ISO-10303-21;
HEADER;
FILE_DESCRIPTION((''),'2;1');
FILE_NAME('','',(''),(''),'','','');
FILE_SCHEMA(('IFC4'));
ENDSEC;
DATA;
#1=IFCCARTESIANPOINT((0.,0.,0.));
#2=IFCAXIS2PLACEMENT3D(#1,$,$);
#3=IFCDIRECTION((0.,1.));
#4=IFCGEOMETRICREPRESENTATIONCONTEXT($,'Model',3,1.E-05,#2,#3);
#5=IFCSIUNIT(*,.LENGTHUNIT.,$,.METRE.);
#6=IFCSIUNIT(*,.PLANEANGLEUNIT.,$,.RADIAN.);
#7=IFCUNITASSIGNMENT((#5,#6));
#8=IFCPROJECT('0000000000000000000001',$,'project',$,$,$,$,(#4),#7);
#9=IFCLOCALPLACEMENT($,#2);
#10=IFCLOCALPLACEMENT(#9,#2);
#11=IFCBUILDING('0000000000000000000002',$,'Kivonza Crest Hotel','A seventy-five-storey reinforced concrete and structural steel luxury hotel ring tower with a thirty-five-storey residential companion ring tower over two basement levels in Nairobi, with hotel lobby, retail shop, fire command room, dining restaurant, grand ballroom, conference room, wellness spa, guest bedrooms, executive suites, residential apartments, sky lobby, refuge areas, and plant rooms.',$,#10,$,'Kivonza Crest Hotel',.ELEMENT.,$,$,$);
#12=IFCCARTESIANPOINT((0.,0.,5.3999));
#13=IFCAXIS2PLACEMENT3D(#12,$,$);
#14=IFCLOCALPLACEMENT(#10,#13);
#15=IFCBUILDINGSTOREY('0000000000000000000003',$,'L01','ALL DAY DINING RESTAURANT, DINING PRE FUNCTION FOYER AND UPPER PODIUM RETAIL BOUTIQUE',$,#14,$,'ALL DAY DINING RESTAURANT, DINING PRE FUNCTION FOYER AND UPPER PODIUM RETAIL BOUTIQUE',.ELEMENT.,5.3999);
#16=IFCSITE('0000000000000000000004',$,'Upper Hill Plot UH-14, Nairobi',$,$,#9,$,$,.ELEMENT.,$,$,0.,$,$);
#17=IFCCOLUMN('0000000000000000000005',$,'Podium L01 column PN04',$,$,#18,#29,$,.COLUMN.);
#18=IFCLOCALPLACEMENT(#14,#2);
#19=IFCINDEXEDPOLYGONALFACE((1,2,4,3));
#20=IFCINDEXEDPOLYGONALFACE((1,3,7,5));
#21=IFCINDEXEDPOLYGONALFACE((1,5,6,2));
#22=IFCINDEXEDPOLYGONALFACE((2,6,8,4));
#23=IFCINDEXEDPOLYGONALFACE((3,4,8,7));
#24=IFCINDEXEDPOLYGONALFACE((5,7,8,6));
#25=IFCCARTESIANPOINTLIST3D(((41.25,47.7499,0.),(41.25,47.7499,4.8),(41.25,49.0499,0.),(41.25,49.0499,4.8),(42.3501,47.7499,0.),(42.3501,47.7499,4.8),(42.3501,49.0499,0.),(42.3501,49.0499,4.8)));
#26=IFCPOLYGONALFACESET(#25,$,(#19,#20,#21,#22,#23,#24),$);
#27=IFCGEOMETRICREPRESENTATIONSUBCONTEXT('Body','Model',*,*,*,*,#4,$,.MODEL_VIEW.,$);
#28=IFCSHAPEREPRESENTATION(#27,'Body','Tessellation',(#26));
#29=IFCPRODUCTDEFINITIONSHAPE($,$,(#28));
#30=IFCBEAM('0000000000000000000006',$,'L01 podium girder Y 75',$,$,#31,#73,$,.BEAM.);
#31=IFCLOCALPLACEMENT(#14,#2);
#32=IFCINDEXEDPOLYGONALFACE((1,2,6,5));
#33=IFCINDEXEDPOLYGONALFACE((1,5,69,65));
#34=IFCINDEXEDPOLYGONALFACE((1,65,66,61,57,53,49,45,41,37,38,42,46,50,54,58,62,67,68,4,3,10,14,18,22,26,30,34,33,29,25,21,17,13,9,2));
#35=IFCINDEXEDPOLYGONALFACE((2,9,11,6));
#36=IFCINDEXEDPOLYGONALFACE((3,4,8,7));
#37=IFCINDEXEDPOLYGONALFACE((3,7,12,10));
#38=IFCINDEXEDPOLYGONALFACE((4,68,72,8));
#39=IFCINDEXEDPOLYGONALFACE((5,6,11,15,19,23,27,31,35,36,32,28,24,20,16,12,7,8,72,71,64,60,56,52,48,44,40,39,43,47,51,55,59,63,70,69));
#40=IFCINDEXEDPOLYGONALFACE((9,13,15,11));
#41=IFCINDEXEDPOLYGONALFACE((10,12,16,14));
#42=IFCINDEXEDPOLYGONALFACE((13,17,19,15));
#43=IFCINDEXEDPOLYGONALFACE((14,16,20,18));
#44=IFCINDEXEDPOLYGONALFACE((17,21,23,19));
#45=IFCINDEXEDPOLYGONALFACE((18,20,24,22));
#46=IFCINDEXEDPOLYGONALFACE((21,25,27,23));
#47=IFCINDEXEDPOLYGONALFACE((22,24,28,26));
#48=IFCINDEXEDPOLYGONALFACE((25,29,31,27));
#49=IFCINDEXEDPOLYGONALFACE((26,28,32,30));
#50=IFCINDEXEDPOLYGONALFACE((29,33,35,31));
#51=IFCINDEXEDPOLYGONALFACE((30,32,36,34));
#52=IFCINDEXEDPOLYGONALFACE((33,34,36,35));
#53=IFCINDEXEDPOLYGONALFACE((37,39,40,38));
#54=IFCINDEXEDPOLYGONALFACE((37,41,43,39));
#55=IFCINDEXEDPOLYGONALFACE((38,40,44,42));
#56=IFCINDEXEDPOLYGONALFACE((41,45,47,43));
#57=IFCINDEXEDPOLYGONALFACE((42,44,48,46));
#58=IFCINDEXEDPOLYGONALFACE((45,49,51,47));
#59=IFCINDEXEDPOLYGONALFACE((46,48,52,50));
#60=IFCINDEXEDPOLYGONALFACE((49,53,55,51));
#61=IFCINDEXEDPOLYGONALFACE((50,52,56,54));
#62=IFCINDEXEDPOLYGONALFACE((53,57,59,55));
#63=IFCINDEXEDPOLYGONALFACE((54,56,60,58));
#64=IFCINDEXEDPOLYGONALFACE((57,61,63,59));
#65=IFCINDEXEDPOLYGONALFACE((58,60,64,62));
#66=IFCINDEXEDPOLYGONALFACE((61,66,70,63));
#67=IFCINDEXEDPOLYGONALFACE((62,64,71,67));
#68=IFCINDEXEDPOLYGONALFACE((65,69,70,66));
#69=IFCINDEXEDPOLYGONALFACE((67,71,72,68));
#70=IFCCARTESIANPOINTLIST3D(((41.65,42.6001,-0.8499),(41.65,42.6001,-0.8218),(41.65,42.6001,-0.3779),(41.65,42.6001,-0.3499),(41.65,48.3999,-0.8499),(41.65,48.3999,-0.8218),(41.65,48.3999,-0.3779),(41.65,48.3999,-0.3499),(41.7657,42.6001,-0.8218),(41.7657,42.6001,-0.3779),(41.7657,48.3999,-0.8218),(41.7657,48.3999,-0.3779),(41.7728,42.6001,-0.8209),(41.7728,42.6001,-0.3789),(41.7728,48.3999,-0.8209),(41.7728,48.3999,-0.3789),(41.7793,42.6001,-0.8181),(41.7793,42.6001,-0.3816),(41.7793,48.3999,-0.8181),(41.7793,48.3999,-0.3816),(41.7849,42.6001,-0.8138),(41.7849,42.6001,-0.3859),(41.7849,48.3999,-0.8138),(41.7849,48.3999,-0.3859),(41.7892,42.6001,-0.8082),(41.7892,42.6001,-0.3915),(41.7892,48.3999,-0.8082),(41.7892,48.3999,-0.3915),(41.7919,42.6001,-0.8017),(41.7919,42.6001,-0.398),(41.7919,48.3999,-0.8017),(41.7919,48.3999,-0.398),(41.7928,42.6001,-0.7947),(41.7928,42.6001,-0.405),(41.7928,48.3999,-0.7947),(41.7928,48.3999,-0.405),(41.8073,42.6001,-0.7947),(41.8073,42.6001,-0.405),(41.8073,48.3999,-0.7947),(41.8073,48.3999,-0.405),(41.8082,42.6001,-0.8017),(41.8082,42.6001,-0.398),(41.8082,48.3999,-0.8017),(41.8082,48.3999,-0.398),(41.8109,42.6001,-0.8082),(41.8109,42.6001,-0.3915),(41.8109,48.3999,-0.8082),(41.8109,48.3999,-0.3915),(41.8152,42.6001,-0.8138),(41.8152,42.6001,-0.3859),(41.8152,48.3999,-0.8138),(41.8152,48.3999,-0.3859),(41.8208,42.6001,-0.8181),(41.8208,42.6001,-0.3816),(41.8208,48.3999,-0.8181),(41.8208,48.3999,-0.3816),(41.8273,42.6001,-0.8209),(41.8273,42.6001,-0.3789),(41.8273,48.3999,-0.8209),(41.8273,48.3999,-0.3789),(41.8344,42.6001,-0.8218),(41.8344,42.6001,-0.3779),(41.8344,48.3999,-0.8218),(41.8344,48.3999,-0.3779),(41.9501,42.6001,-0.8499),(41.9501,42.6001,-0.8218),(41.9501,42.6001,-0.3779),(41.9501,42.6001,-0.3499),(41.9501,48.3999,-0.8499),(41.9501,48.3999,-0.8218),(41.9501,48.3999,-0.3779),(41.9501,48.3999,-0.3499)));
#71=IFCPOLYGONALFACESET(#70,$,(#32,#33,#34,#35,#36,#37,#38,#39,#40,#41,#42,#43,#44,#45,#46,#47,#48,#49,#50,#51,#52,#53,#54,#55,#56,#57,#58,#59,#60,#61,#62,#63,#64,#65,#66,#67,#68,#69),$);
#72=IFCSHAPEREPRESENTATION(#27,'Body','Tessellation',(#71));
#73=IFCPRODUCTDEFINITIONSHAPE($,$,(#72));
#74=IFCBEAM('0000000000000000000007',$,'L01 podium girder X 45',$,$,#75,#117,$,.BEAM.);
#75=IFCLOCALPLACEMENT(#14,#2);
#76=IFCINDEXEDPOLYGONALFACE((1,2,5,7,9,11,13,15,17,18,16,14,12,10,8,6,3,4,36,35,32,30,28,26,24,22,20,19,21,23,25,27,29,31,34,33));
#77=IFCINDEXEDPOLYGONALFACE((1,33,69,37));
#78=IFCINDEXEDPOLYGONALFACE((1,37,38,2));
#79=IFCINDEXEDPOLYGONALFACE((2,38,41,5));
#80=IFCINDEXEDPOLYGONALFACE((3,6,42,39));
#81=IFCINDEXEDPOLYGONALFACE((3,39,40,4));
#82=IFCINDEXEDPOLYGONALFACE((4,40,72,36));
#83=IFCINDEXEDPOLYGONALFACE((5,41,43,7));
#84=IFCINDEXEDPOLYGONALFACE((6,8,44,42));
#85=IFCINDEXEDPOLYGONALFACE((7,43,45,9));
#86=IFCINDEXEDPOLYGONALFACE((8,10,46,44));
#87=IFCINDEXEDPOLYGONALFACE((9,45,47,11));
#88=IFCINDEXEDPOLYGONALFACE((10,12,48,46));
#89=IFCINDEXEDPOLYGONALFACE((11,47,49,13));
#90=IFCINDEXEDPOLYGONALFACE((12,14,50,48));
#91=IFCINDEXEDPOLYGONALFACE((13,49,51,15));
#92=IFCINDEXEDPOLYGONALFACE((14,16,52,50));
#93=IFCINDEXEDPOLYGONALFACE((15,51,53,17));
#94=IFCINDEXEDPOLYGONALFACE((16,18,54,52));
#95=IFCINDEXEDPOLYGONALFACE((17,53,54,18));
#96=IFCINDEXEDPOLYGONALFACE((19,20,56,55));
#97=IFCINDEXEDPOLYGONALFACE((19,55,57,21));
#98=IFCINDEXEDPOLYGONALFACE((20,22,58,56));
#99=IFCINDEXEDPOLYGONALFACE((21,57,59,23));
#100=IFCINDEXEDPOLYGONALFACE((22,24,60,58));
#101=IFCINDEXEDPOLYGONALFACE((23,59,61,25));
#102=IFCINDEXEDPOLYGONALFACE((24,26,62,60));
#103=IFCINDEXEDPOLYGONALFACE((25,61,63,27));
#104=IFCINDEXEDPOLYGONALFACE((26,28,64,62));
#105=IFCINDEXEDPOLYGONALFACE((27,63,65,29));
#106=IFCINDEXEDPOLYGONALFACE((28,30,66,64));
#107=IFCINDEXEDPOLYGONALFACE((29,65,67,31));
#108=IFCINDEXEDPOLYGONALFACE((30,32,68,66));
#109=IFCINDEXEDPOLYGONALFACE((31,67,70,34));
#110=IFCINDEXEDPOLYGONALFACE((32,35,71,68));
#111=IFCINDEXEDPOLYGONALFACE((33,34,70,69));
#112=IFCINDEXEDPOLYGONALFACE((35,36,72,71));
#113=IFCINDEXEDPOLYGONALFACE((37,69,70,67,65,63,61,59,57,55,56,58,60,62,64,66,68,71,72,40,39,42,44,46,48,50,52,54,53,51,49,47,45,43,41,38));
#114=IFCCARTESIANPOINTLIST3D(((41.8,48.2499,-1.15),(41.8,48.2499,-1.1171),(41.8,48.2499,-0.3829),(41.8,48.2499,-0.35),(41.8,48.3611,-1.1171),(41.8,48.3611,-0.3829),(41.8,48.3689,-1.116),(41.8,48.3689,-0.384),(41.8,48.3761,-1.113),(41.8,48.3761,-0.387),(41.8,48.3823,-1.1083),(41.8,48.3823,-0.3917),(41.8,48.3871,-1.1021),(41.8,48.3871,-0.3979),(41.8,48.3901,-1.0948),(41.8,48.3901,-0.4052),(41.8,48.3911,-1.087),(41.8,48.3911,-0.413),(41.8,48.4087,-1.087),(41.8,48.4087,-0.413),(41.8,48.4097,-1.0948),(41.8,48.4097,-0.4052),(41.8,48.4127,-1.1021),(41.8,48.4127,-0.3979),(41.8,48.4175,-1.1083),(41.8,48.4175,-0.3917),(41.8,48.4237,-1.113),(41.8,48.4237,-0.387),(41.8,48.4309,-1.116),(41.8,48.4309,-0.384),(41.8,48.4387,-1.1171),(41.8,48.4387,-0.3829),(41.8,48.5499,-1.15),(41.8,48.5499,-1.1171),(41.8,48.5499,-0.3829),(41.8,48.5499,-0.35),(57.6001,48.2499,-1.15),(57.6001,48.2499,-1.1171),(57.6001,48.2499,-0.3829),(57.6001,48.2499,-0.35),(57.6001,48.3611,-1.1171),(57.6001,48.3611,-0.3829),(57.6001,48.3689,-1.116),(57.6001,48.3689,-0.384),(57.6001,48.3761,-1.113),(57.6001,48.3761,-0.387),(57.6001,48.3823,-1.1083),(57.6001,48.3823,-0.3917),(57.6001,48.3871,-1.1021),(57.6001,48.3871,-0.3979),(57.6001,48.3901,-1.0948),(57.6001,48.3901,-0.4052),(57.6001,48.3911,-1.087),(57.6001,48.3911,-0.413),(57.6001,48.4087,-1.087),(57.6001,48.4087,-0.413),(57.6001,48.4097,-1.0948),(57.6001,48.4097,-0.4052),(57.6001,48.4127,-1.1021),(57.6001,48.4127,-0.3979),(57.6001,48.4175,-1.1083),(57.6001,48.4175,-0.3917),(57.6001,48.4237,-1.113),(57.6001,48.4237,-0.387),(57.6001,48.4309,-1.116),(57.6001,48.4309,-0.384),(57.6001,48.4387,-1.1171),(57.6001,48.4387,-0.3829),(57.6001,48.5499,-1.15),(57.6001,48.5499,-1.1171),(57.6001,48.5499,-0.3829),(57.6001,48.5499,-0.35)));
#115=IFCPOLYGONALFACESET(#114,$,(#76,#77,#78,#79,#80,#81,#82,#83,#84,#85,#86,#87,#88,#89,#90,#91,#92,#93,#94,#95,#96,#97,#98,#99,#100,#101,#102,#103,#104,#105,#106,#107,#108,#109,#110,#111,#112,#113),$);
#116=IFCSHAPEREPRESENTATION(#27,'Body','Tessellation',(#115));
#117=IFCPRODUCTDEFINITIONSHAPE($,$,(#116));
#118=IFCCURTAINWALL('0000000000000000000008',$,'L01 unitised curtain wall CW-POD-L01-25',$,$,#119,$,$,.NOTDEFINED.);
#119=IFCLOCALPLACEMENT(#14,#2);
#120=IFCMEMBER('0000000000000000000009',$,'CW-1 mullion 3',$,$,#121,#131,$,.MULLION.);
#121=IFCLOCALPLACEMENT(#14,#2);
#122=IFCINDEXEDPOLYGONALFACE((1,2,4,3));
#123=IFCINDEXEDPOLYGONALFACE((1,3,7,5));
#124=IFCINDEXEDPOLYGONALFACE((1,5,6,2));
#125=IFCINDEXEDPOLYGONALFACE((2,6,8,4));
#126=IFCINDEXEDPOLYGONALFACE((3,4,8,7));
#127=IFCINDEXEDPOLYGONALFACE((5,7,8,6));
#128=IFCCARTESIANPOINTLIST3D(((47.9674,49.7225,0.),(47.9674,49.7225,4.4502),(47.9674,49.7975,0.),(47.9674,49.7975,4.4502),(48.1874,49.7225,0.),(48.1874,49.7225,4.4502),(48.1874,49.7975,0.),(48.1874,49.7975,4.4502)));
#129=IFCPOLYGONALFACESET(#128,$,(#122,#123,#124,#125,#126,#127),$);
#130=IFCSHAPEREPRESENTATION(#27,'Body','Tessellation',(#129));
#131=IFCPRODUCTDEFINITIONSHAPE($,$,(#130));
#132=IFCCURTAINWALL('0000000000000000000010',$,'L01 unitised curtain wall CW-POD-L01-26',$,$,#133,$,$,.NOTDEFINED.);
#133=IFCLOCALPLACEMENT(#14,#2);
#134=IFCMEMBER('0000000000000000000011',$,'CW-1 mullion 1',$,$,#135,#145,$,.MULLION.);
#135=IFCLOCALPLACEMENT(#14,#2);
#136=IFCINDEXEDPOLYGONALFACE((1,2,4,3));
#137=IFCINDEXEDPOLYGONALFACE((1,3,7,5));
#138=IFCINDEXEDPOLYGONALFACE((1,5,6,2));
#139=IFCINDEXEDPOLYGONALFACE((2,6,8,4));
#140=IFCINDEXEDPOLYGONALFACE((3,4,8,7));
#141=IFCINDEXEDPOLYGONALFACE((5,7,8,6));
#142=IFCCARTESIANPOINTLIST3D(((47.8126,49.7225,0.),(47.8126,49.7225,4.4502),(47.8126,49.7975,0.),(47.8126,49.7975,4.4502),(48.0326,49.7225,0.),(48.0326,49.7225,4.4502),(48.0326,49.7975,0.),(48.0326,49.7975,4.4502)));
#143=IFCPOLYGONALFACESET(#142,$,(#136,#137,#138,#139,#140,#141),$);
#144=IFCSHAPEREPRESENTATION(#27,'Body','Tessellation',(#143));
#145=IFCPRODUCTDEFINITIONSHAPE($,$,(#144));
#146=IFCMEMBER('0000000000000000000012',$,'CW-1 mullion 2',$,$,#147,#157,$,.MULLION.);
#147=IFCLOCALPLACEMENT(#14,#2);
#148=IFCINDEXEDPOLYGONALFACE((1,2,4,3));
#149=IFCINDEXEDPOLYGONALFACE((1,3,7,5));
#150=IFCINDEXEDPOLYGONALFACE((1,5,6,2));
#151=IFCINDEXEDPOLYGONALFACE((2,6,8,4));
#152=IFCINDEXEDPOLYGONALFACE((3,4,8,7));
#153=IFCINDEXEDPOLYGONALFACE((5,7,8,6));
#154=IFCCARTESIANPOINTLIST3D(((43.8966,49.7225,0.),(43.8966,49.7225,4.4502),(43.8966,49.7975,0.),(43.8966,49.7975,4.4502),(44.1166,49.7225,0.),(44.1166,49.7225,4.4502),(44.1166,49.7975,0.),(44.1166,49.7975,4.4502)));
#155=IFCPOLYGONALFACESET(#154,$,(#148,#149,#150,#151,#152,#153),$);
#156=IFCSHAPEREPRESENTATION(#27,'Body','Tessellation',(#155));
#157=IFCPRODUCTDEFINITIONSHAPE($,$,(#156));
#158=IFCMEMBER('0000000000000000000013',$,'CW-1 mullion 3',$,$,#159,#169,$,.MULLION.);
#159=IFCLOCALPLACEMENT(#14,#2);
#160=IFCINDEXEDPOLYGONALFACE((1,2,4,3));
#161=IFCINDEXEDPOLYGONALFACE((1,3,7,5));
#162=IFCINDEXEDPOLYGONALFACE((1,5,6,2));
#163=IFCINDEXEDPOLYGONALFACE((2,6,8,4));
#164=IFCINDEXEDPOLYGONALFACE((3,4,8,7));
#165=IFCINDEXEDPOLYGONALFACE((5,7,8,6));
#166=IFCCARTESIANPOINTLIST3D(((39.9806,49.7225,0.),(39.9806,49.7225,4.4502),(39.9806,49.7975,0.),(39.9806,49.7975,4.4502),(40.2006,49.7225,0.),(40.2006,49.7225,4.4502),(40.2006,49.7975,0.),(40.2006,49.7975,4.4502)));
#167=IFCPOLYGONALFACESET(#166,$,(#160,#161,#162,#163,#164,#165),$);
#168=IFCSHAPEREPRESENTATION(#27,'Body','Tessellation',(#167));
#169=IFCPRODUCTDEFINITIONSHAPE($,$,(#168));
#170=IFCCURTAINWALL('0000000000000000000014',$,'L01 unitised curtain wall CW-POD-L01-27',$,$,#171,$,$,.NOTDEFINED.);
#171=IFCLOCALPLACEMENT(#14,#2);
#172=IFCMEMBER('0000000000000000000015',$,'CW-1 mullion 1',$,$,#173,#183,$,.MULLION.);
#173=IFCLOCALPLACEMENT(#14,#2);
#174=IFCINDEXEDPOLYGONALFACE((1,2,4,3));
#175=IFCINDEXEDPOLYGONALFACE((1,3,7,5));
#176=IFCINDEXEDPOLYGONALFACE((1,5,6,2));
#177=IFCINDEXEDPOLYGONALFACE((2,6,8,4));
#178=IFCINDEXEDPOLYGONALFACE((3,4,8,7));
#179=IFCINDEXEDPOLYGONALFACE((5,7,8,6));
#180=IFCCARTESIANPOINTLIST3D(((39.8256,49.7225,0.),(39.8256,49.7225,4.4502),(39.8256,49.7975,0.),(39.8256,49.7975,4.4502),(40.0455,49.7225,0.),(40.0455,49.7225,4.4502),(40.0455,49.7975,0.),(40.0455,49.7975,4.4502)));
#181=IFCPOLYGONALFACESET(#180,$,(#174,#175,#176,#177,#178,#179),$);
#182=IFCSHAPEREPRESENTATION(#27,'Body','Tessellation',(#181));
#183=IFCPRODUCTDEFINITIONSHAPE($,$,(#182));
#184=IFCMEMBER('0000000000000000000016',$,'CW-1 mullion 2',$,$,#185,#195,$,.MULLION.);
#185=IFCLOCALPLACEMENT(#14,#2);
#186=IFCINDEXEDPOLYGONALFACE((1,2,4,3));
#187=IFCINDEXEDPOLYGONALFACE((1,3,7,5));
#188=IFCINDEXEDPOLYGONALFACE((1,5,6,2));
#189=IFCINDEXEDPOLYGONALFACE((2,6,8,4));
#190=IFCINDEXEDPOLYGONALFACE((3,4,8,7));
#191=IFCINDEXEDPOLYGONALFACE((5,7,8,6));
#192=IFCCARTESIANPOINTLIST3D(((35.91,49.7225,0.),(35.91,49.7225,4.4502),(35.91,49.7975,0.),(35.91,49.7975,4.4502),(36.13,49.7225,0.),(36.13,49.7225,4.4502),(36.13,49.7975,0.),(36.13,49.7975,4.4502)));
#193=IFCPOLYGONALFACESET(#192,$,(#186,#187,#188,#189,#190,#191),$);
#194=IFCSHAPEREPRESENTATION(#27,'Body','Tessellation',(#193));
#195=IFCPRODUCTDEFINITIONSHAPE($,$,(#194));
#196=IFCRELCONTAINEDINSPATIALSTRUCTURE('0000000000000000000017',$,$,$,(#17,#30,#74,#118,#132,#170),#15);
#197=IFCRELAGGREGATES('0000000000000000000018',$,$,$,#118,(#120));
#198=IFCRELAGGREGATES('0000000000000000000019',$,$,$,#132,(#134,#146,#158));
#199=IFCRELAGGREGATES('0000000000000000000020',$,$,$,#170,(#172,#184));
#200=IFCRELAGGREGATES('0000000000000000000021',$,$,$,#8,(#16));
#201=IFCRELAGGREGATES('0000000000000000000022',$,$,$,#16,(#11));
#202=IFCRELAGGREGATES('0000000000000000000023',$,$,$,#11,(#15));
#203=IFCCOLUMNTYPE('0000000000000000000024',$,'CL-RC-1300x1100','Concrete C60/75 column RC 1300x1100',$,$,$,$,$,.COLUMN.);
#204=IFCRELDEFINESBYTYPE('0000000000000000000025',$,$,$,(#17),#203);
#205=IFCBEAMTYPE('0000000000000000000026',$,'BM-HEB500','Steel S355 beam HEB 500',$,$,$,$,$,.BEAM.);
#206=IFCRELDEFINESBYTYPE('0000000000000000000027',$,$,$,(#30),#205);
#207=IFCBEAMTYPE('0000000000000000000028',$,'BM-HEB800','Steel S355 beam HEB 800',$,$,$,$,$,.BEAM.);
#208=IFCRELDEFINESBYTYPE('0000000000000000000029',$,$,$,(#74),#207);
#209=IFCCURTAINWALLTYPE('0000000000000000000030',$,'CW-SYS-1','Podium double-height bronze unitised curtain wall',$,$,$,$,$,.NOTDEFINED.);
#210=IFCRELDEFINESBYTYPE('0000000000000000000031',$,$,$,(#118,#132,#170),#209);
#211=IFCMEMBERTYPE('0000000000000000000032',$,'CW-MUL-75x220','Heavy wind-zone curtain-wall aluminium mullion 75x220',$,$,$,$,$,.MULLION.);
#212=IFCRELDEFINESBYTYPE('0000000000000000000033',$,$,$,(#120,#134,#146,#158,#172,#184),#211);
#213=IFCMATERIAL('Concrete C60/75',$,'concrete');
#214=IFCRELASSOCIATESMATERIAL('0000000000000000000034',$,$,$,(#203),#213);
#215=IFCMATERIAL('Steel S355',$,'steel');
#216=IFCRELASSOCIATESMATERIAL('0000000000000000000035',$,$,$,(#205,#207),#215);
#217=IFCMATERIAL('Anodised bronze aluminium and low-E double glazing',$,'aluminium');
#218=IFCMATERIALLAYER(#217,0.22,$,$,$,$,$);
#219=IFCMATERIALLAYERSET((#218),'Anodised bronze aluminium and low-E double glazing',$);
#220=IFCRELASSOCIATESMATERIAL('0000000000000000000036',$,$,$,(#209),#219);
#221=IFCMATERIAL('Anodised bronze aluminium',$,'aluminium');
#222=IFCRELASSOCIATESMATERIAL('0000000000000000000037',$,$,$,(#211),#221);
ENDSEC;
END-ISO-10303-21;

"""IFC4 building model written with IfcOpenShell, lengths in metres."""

from ifc_helpers import new_model, si_unit, direction, frame, origin, origin_2d, place, context, subcontext, project, spatial, rectangle, i_section, extrude, material, layer, layer_set, material_profile, profile_set, type_object, element, aggregate, save


model = new_model("IFC4")

# Units and contexts
model_context = context("Model", 3, precision=1e-05, world=origin(), true_north=direction((0.0, 1.0)))
body_context = subcontext(model_context, "Body", "Model", "MODEL_VIEW")
ifc_project = project(units=[si_unit("LENGTHUNIT", "METRE"), si_unit("PLANEANGLEUNIT", "RADIAN")], contexts=[model_context])

# Site, building, storey
site_placement = place(None, origin())
site = spatial("IfcSite", under=ifc_project, at=site_placement, Name="Upper Hill Plot UH-14, Nairobi", CompositionType="ELEMENT", RefElevation=0.0)
building_placement = place(site_placement, origin())
building = spatial("IfcBuilding", under=site, at=building_placement, Name="Kivonza Crest Hotel", Description="A seventy-five-storey reinforced concrete and structural steel luxury hotel ring tower with a thirty-five-storey residential companion ring tower over two basement levels in Nairobi, with hotel lobby, retail shop, fire command room, dining restaurant, grand ballroom, conference room, wellness spa, guest bedrooms, executive suites, residential apartments, sky lobby, refuge areas, and plant rooms.", LongName="Kivonza Crest Hotel", CompositionType="ELEMENT")
storey_placement = place(building_placement, frame((0.0, 0.0, 5.3999)))
storey = spatial("IfcBuildingStorey", under=building, at=storey_placement, Name="L01", Description="ALL DAY DINING RESTAURANT, DINING PRE FUNCTION FOYER AND UPPER PODIUM RETAIL BOUTIQUE", LongName="ALL DAY DINING RESTAURANT, DINING PRE FUNCTION FOYER AND UPPER PODIUM RETAIL BOUTIQUE", CompositionType="ELEMENT", Elevation=5.3999)

# Column
ifc_material_1 = material(Name="Concrete C60/75", Category="concrete")
ifc_material_profile_1 = material_profile(ifc_material_1, rectangle(XDim=1.1001, YDim=1.3, at=origin_2d()), Name="RC 1300x1100")
ifc_profile_set_1 = profile_set([ifc_material_profile_1], Name="Concrete C60/75")
column_type = type_object("IfcColumnType", Name="CL-RC-1300x1100", Description="Concrete C60/75 column RC 1300x1100", PredefinedType="COLUMN", material=ifc_profile_set_1)
column_placement = place(storey_placement, frame((41.8, 48.3999, 0.0), z_axis=(0.0, 0.0, 1.0), x_axis=(1.0, 0.0, 0.0)))
element("IfcColumn", 1, at=column_placement, inside=storey, type_object=column_type, Name="Podium L01 column PN04", PredefinedType="COLUMN", context=body_context, shape_type="SweptSolid", body=[
    extrude(rectangle(XDim=1.1001, YDim=1.3, at=origin_2d()), origin(), (0.0, 0.0, 1.0), 4.8),
])

# Beams
ifc_material_2 = material(Name="Steel S355", Category="steel")
ifc_material_profile_2 = material_profile(ifc_material_2, i_section(OverallWidth=0.3, OverallDepth=0.5, WebThickness=0.0144, FlangeThickness=0.0281, FilletRadius=0.0271, at=origin_2d()), Name="HEB 500")
ifc_profile_set_2 = profile_set([ifc_material_profile_2], Name="Steel S355")
beam_type_1 = type_object("IfcBeamType", Name="BM-HEB500", Description="Steel S355 beam HEB 500", PredefinedType="BEAM", material=ifc_profile_set_2)
beam_1_placement = place(storey_placement, frame((41.8, 42.6001, -0.5999), z_axis=(0.0, 1.0, 0.0), x_axis=(-1.0, 0.0, 0.0)))
element("IfcBeam", 2, at=beam_1_placement, inside=storey, type_object=beam_type_1, Name="L01 podium girder Y 75", PredefinedType="BEAM", context=body_context, shape_type="SweptSolid", body=[
    extrude(i_section(OverallWidth=0.3, OverallDepth=0.5, WebThickness=0.0144, FlangeThickness=0.0281, FilletRadius=0.0271, at=origin_2d()), origin(), (0.0, 0.0, 1.0), 5.7998),
])
ifc_material_profile_3 = material_profile(ifc_material_2, i_section(OverallWidth=0.3, OverallDepth=0.8, WebThickness=0.0176, FlangeThickness=0.033, FilletRadius=0.03, at=origin_2d()), Name="HEB 800")
ifc_profile_set_3 = profile_set([ifc_material_profile_3], Name="Steel S355")
beam_type_2 = type_object("IfcBeamType", Name="BM-HEB800", Description="Steel S355 beam HEB 800", PredefinedType="BEAM", material=ifc_profile_set_3)
beam_2_placement = place(storey_placement, frame((41.8, 48.3999, -0.75), z_axis=(1.0, 0.0, 0.0), x_axis=(0.0, 1.0, 0.0)))
element("IfcBeam", 3, at=beam_2_placement, inside=storey, type_object=beam_type_2, Name="L01 podium girder X 45", PredefinedType="BEAM", context=body_context, shape_type="SweptSolid", body=[
    extrude(i_section(OverallWidth=0.3, OverallDepth=0.8, WebThickness=0.0176, FlangeThickness=0.033, FilletRadius=0.03, at=origin_2d()), origin(), (0.0, 0.0, 1.0), 15.8),
])

# Curtain wall, member
ifc_material_3 = material(Name="Anodised bronze aluminium and low-E double glazing", Category="aluminium")
ifc_layer_1 = layer(ifc_material_3, 0.22)
ifc_layer_set_1 = layer_set([ifc_layer_1], Name="Anodised bronze aluminium and low-E double glazing")
curtain_wall_type = type_object("IfcCurtainWallType", Name="CW-SYS-1", Description="Podium double-height bronze unitised curtain wall", PredefinedType="NOTDEFINED", material=ifc_layer_set_1)
curtain_wall_1_placement = place(storey_placement, origin())
curtain_wall_1 = element("IfcCurtainWall", 4, at=curtain_wall_1_placement, inside=storey, type_object=curtain_wall_type, Name="L01 unitised curtain wall CW-POD-L01-25", PredefinedType="NOTDEFINED")
ifc_material_4 = material(Name="Anodised bronze aluminium", Category="aluminium")
ifc_material_profile_4 = material_profile(ifc_material_4, rectangle(XDim=0.075, YDim=0.22, at=origin_2d()), Name="CW-M 75x220")
ifc_profile_set_4 = profile_set([ifc_material_profile_4], Name="Anodised bronze aluminium")
member_type_1 = type_object("IfcMemberType", Name="CW-MUL-75x220", Description="Heavy wind-zone curtain-wall aluminium mullion 75x220", PredefinedType="MULLION", material=ifc_profile_set_4)
member_1_placement = place(storey_placement, frame((48.0774, 49.76, 0.0), z_axis=(0.0, 0.0, 1.0), x_axis=(0.0, -1.0, 0.0)))
member_1 = element("IfcMember", 5, at=member_1_placement, type_object=member_type_1, Name="CW-1 mullion 3", PredefinedType="MULLION", context=body_context, shape_type="SweptSolid", body=[
    extrude(rectangle(XDim=0.075, YDim=0.22, at=origin_2d()), origin(), (0.0, 0.0, 1.0), 4.4502),
])
aggregate(curtain_wall_1, [member_1])

# Curtain walls, members
curtain_wall_2_placement = place(storey_placement, origin())
curtain_wall_2 = element("IfcCurtainWall", 6, at=curtain_wall_2_placement, inside=storey, type_object=curtain_wall_type, Name="L01 unitised curtain wall CW-POD-L01-26", PredefinedType="NOTDEFINED")
member_2_placement = place(storey_placement, frame((47.9226, 49.76, 0.0), z_axis=(0.0, 0.0, 1.0), x_axis=(0.0, -1.0, 0.0)))
member_2 = element("IfcMember", 7, at=member_2_placement, type_object=member_type_1, Name="CW-1 mullion 1", PredefinedType="MULLION", context=body_context, shape_type="SweptSolid", body=[
    extrude(rectangle(XDim=0.075, YDim=0.22, at=origin_2d()), origin(), (0.0, 0.0, 1.0), 4.4502),
])
member_3_placement = place(storey_placement, frame((44.0066, 49.76, 0.0), z_axis=(0.0, 0.0, 1.0), x_axis=(0.0, -1.0, 0.0)))
member_3 = element("IfcMember", 8, at=member_3_placement, type_object=member_type_1, Name="CW-1 mullion 2", PredefinedType="MULLION", context=body_context, shape_type="SweptSolid", body=[
    extrude(rectangle(XDim=0.075, YDim=0.22, at=origin_2d()), origin(), (0.0, 0.0, 1.0), 4.4502),
])
member_4_placement = place(storey_placement, frame((40.0906, 49.76, 0.0), z_axis=(0.0, 0.0, 1.0), x_axis=(0.0, -1.0, 0.0)))
member_4 = element("IfcMember", 9, at=member_4_placement, type_object=member_type_1, Name="CW-1 mullion 3", PredefinedType="MULLION", context=body_context, shape_type="SweptSolid", body=[
    extrude(rectangle(XDim=0.075, YDim=0.22, at=origin_2d()), origin(), (0.0, 0.0, 1.0), 4.4502),
])
curtain_wall_3_placement = place(storey_placement, origin())
curtain_wall_3 = element("IfcCurtainWall", 10, at=curtain_wall_3_placement, inside=storey, type_object=curtain_wall_type, Name="L01 unitised curtain wall CW-POD-L01-27", PredefinedType="NOTDEFINED")
member_5_placement = place(storey_placement, frame((39.9355, 49.76, 0.0), z_axis=(0.0, 0.0, 1.0), x_axis=(0.0, -1.0, 0.0)))
member_5 = element("IfcMember", 11, at=member_5_placement, type_object=member_type_1, Name="CW-1 mullion 1", PredefinedType="MULLION", context=body_context, shape_type="SweptSolid", body=[
    extrude(rectangle(XDim=0.075, YDim=0.22, at=origin_2d()), origin(), (0.0, 0.0, 1.0), 4.4502),
])
member_6_placement = place(storey_placement, frame((36.02, 49.76, 0.0), z_axis=(0.0, 0.0, 1.0), x_axis=(0.0, -1.0, 0.0)))
member_6 = element("IfcMember", 12, at=member_6_placement, type_object=member_type_1, Name="CW-1 mullion 2", PredefinedType="MULLION", context=body_context, shape_type="SweptSolid", body=[
    extrude(rectangle(XDim=0.075, YDim=0.22, at=origin_2d()), origin(), (0.0, 0.0, 1.0), 4.4502),
])

aggregate(curtain_wall_2, [member_2, member_3, member_4])
aggregate(curtain_wall_3, [member_5, member_6])

save(model, "model.ifc")
